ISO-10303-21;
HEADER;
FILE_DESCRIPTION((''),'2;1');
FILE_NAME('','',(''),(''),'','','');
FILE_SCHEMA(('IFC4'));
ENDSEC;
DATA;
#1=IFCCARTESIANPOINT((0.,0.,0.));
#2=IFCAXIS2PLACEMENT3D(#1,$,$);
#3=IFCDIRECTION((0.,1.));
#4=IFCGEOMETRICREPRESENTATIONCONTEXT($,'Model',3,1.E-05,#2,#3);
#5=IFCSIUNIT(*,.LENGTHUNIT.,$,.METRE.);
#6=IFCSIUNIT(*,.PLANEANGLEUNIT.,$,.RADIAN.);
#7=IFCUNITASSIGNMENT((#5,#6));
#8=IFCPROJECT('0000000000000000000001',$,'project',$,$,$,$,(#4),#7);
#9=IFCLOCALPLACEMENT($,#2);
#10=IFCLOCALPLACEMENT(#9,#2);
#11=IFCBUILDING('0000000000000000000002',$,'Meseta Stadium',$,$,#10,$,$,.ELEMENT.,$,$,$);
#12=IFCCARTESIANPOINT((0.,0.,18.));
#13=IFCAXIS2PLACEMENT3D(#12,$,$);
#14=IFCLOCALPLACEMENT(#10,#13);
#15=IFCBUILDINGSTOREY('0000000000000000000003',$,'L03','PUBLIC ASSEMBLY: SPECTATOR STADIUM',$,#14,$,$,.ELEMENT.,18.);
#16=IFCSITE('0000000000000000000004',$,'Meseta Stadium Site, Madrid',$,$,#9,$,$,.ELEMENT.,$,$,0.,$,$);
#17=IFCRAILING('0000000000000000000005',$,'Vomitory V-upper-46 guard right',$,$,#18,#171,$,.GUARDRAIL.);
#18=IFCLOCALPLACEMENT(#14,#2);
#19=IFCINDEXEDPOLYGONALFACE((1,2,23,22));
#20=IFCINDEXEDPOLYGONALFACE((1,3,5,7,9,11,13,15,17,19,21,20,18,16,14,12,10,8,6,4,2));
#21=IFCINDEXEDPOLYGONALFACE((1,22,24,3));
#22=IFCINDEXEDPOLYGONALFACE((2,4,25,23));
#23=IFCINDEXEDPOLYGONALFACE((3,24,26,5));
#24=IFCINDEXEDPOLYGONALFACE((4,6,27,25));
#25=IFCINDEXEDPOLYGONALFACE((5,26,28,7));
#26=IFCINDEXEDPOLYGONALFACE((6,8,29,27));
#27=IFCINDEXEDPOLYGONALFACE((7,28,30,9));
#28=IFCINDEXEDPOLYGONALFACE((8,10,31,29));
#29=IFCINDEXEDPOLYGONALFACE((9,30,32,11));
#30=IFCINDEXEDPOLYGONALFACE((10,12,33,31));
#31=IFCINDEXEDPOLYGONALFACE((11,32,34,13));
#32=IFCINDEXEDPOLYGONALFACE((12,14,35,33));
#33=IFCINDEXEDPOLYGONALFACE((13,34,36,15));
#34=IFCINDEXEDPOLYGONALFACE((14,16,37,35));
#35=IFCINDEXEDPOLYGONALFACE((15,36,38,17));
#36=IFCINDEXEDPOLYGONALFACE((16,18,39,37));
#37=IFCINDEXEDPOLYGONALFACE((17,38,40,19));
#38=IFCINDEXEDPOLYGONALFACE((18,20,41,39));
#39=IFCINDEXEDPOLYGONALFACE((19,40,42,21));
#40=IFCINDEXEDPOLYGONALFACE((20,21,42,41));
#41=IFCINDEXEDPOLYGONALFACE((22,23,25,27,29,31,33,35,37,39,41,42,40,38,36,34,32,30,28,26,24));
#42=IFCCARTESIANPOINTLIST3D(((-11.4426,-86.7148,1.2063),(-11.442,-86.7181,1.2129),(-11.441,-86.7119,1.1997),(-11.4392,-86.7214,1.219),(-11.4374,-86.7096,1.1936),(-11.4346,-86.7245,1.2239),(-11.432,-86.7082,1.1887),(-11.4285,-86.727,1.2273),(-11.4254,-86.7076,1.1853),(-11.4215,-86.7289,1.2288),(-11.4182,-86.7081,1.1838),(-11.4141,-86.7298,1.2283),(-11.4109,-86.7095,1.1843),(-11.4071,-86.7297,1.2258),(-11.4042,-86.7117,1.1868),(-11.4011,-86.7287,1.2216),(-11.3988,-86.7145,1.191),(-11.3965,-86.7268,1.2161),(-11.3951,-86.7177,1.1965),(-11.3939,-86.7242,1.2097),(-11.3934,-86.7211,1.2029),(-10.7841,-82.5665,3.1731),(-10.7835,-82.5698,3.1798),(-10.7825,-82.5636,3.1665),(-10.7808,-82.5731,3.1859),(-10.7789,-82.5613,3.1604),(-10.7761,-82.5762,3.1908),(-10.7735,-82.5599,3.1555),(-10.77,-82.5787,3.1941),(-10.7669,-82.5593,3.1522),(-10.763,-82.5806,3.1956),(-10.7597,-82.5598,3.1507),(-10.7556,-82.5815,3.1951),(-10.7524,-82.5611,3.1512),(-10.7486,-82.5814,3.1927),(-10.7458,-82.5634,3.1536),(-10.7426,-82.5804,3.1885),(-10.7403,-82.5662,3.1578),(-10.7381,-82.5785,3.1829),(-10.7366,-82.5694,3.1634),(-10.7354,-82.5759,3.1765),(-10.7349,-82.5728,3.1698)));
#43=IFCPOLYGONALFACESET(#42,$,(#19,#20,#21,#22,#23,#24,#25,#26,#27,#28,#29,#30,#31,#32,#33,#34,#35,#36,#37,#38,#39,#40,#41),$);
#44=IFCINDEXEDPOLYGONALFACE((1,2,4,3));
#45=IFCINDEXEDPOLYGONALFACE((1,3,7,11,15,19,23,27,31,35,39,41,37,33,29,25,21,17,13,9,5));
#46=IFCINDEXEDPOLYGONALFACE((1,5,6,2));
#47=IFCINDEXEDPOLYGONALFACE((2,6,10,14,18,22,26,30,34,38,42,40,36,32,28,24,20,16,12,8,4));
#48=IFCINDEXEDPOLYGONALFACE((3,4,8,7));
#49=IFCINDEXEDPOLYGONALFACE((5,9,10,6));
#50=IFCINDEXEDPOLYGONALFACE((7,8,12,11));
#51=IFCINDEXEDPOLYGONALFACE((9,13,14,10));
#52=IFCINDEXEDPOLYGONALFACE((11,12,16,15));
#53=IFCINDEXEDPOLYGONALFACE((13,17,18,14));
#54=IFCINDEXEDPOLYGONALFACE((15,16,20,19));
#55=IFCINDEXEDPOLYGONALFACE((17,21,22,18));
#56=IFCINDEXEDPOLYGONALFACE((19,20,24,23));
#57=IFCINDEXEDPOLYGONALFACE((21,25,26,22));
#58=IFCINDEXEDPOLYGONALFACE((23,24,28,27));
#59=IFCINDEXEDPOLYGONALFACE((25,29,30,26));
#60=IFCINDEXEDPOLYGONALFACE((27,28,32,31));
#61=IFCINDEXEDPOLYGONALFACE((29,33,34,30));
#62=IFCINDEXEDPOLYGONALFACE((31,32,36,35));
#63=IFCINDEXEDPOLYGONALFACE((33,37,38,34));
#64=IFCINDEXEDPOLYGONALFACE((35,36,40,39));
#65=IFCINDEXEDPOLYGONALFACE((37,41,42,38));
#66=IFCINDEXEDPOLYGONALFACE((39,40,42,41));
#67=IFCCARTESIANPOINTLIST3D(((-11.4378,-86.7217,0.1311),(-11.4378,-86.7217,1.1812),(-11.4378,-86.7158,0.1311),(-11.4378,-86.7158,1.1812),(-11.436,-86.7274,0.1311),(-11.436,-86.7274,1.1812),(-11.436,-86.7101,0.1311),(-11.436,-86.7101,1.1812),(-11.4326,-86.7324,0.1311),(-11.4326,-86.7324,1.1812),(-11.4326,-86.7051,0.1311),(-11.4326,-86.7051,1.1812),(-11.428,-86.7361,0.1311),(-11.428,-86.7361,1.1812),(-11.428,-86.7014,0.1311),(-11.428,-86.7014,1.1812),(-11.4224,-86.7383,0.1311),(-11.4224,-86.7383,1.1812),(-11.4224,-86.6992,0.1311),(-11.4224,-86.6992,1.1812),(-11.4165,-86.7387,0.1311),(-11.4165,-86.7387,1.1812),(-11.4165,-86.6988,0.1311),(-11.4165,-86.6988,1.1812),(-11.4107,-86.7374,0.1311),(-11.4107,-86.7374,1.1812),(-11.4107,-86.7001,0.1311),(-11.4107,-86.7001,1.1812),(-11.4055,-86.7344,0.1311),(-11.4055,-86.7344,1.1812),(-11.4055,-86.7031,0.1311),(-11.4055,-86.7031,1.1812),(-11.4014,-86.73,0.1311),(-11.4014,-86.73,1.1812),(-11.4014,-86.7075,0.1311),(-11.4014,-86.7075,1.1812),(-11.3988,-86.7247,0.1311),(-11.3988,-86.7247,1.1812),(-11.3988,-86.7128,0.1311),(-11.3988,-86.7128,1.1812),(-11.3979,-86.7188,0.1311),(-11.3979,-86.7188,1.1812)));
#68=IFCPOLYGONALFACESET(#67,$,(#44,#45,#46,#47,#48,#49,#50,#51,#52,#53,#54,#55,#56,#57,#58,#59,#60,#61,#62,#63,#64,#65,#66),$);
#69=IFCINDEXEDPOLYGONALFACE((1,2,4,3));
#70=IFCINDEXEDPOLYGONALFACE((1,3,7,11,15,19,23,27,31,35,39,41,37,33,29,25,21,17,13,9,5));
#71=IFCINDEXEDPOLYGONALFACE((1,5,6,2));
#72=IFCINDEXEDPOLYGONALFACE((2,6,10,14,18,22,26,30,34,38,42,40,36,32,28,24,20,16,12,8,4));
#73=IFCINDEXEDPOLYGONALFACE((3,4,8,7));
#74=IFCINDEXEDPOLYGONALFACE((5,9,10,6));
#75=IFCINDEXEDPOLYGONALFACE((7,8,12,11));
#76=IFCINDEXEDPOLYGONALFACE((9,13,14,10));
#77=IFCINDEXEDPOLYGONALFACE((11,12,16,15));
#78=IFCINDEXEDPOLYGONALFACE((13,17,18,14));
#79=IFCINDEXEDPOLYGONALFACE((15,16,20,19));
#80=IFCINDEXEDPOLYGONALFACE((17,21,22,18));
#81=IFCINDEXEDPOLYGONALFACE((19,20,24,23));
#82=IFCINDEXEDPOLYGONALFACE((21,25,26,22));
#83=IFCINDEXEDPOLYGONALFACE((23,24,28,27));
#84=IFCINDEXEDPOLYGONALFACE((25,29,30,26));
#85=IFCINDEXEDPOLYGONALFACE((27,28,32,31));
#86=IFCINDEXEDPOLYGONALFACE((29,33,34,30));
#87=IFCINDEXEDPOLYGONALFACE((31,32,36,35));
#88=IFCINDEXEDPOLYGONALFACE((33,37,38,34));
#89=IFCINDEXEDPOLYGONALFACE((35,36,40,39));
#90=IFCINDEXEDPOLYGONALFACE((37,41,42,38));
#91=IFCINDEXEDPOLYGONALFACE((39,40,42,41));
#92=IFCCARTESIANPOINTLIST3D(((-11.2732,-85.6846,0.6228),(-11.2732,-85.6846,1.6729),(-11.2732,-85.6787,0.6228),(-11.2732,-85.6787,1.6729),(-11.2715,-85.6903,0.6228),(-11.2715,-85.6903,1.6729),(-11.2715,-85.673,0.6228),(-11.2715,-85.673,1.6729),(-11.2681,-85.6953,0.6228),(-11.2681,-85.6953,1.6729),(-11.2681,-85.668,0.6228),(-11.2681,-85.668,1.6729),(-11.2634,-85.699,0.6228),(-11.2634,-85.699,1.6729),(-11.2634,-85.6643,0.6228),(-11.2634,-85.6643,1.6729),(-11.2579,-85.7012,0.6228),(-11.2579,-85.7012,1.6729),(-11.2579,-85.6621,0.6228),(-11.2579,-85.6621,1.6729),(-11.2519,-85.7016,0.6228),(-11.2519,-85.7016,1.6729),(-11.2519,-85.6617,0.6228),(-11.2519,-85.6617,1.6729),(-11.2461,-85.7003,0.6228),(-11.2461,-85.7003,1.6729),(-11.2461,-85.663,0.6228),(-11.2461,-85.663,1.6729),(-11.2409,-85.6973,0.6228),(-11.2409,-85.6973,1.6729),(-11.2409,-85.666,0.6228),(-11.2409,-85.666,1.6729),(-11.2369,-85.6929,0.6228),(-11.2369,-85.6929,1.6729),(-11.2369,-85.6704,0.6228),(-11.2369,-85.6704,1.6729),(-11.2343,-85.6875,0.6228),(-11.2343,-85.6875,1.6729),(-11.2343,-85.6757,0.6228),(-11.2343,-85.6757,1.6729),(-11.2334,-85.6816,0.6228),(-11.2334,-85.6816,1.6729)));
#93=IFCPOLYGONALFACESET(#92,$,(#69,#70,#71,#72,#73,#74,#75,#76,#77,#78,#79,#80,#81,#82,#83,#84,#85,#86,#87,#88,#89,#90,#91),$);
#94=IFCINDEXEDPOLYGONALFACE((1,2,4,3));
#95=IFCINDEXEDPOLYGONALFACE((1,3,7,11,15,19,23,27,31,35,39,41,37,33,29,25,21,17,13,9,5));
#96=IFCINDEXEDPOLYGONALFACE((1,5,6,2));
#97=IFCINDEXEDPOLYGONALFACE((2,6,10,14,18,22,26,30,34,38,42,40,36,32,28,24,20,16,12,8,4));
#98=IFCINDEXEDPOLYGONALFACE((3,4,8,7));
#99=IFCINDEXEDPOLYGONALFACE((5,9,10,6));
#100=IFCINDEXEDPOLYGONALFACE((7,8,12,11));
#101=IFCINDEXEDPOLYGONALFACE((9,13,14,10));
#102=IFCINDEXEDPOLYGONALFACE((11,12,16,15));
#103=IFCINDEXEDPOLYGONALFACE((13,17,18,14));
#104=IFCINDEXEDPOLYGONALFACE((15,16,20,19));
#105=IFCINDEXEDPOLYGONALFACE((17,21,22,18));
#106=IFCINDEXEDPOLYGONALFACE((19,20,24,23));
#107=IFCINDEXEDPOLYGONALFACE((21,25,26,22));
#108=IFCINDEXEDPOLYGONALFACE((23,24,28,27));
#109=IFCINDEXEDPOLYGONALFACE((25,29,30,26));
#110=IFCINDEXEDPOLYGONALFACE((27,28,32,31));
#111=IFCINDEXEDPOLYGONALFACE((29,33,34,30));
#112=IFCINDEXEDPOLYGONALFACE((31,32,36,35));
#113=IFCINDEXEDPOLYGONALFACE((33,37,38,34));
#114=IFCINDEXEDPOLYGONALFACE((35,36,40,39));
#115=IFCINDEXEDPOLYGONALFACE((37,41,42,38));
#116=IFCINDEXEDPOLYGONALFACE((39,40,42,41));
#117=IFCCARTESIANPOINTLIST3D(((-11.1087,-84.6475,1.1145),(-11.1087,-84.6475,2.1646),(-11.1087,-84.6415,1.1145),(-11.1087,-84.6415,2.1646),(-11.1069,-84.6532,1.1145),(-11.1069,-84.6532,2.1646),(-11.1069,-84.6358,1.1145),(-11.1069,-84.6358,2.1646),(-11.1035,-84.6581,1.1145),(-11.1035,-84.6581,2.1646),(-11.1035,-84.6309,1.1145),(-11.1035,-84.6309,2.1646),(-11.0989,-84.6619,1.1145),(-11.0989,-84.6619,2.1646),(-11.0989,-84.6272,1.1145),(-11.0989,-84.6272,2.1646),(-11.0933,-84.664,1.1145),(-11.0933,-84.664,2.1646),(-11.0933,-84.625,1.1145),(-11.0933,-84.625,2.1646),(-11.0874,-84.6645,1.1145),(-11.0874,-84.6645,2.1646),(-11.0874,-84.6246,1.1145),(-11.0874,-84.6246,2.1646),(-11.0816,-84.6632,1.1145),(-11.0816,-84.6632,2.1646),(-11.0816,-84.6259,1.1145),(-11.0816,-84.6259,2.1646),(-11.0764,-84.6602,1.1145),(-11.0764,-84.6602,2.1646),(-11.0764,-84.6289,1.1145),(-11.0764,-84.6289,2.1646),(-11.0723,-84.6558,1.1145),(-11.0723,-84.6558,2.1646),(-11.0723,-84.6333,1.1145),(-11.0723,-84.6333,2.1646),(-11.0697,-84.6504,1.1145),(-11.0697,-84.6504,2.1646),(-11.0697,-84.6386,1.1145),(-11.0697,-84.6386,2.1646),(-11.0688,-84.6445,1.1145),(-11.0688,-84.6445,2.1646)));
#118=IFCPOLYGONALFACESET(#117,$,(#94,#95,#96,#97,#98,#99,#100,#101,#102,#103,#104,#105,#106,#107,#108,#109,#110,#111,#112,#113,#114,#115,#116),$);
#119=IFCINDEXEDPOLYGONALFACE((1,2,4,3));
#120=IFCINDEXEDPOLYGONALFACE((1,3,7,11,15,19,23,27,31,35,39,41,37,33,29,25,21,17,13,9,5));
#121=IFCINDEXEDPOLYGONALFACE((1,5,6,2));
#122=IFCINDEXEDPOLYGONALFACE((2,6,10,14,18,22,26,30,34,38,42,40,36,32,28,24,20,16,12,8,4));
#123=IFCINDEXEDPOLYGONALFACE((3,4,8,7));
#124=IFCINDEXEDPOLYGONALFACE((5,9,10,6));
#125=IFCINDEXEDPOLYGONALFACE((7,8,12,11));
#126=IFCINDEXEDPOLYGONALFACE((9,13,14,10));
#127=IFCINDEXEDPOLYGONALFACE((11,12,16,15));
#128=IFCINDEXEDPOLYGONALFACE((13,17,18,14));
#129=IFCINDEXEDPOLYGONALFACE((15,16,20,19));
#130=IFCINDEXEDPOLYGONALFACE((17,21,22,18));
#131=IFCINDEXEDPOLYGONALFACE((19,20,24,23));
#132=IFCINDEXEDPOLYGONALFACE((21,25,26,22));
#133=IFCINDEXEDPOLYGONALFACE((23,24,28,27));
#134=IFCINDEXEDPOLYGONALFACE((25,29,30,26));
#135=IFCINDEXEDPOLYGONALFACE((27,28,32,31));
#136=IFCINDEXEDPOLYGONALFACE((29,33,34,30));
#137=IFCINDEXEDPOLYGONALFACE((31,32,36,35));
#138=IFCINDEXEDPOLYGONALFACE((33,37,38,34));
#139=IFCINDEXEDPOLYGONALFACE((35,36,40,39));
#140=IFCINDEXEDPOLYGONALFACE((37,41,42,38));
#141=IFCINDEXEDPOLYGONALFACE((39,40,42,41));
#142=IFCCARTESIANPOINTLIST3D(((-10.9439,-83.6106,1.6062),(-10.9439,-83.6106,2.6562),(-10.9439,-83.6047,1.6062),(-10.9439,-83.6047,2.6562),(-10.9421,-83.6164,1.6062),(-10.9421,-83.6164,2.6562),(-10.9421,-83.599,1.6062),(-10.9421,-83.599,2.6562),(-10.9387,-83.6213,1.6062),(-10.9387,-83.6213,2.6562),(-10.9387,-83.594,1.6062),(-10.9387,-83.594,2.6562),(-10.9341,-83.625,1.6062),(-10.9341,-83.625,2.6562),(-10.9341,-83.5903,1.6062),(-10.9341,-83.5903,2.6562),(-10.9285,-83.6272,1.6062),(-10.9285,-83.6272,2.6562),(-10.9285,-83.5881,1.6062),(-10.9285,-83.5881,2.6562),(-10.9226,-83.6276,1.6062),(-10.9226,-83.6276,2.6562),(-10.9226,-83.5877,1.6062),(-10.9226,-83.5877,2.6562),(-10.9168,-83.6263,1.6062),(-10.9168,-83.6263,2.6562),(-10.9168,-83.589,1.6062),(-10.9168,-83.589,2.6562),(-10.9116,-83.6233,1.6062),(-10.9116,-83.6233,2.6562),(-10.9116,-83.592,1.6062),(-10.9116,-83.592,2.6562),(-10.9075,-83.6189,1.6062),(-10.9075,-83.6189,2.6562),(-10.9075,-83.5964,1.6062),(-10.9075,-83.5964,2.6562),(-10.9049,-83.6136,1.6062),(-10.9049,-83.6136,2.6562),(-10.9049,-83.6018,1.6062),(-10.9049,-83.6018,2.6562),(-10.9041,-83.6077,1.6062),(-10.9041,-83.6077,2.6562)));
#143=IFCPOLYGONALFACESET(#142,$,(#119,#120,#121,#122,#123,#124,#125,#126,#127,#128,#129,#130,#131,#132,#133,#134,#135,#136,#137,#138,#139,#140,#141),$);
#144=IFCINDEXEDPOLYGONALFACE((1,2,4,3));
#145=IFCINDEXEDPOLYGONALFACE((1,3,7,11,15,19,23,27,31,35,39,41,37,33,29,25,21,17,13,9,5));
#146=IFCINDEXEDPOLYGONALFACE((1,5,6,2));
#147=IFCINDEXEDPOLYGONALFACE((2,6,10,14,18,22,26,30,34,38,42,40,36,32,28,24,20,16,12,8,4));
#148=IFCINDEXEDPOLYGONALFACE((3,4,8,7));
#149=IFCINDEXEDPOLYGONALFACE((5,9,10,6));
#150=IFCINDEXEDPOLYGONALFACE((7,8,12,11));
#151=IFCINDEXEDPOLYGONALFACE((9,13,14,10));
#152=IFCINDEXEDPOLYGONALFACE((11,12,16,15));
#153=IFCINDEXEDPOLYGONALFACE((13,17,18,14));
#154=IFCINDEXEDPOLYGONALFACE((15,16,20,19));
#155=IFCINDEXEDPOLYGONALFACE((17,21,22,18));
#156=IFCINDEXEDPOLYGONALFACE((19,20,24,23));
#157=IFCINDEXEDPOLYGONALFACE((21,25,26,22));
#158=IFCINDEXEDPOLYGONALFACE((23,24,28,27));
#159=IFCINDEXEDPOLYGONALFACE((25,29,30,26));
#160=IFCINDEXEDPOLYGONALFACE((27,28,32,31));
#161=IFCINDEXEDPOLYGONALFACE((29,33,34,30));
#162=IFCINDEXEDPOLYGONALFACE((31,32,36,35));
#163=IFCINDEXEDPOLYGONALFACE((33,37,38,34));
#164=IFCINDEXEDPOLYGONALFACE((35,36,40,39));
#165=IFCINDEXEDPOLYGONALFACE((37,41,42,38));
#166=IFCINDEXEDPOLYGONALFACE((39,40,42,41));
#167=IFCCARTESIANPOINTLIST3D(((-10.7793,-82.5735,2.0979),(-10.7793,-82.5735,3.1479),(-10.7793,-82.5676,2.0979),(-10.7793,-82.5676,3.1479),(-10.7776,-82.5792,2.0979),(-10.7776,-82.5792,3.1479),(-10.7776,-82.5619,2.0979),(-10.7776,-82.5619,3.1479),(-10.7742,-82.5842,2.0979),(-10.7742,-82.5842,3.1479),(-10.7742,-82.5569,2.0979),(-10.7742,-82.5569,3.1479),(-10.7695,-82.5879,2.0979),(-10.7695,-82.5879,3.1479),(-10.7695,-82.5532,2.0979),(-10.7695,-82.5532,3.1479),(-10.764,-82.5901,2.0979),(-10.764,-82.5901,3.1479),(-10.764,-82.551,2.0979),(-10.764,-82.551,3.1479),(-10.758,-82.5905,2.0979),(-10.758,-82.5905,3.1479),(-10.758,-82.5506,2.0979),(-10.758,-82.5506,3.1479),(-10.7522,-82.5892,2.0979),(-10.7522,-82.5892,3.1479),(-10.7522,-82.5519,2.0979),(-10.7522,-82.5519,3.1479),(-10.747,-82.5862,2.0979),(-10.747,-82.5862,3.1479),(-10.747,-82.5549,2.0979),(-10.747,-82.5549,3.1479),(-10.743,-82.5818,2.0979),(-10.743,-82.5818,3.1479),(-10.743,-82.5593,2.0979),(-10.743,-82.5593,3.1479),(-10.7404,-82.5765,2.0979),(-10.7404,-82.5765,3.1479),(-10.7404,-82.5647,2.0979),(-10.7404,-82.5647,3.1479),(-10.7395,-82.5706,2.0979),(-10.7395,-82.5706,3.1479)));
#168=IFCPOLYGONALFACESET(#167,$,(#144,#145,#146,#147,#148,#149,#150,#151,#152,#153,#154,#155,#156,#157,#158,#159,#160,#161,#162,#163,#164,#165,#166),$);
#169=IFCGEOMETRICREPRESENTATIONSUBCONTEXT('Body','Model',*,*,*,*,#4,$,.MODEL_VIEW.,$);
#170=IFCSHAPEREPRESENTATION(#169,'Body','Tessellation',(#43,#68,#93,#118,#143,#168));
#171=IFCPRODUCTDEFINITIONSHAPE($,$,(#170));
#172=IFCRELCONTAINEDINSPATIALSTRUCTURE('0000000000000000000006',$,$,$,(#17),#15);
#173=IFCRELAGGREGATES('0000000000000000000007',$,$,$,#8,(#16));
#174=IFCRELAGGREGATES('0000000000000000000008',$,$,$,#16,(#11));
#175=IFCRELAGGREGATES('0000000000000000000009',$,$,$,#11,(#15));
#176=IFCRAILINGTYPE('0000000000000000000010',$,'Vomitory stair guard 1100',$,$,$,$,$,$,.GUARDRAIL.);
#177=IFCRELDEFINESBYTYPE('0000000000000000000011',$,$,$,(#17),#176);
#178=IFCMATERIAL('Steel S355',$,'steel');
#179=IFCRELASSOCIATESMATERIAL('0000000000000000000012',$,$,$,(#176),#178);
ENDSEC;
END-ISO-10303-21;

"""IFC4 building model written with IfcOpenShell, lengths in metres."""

from ifc_helpers import new_model, si_unit, direction, frame, origin, origin_2d, place, context, subcontext, project, spatial, circle, extrude, material, type_object, element, save


model = new_model("IFC4")

# Units and contexts
model_context = context("Model", 3, precision=1e-05, world=origin(), true_north=direction((0.0, 1.0)))
body_context = subcontext(model_context, "Body", "Model", "MODEL_VIEW")
ifc_project = project(units=[si_unit("LENGTHUNIT", "METRE"), si_unit("PLANEANGLEUNIT", "RADIAN")], contexts=[model_context])

# Site, building, storey
site_placement = place(None, origin())
site = spatial("IfcSite", under=ifc_project, at=site_placement, Name="Meseta Stadium Site, Madrid", CompositionType="ELEMENT", RefElevation=0.0)
building_placement = place(site_placement, origin())
building = spatial("IfcBuilding", under=site, at=building_placement, Name="Meseta Stadium", CompositionType="ELEMENT")
storey_placement = place(building_placement, frame((0.0, 0.0, 18.0)))
storey = spatial("IfcBuildingStorey", under=building, at=storey_placement, Name="L03", Description="PUBLIC ASSEMBLY: SPECTATOR STADIUM", CompositionType="ELEMENT", Elevation=18.0)

# Railing
ifc_material_1 = material(Name="Steel S355", Category="steel")
railing_type_1 = type_object("IfcRailingType", Name="Vomitory stair guard 1100", PredefinedType="GUARDRAIL", material=ifc_material_1)
railing_1_placement = place(storey_placement, frame((-11.418, -86.7188, 0.1311)))
element("IfcRailing", 1, at=railing_1_placement, inside=storey, type_object=railing_type_1, Name="Vomitory V-upper-46 guard right", PredefinedType="GUARDRAIL", context=body_context, shape_type="SweptSolid", body=[
    extrude(circle(Radius=0.0249, at=origin_2d()), frame((0.0, 0.0, 1.0752), z_axis=(0.141974, 0.894428, 0.424078), x_axis=(-0.987635, 0.156768, 0.0)), (0.0, 0.0, 1.0), 4.6379),
    extrude(circle(Radius=0.02, at=origin_2d()), origin(), (0.0, 0.0, 1.0), 1.05),
    extrude(circle(Radius=0.02, at=origin_2d()), frame((0.1646, 1.0371, 0.4917)), (0.0, 0.0, 1.0), 1.05),
    extrude(circle(Radius=0.02, at=origin_2d()), frame((0.3291, 2.0742, 0.9834)), (0.0, 0.0, 1.0), 1.05),
    extrude(circle(Radius=0.02, at=origin_2d()), frame((0.4939, 3.1111, 1.4751)), (0.0, 0.0, 1.0), 1.05),
    extrude(circle(Radius=0.02, at=origin_2d()), frame((0.6584, 4.1482, 1.9668)), (0.0, 0.0, 1.0), 1.05),
])

save(model, "model.ifc")
